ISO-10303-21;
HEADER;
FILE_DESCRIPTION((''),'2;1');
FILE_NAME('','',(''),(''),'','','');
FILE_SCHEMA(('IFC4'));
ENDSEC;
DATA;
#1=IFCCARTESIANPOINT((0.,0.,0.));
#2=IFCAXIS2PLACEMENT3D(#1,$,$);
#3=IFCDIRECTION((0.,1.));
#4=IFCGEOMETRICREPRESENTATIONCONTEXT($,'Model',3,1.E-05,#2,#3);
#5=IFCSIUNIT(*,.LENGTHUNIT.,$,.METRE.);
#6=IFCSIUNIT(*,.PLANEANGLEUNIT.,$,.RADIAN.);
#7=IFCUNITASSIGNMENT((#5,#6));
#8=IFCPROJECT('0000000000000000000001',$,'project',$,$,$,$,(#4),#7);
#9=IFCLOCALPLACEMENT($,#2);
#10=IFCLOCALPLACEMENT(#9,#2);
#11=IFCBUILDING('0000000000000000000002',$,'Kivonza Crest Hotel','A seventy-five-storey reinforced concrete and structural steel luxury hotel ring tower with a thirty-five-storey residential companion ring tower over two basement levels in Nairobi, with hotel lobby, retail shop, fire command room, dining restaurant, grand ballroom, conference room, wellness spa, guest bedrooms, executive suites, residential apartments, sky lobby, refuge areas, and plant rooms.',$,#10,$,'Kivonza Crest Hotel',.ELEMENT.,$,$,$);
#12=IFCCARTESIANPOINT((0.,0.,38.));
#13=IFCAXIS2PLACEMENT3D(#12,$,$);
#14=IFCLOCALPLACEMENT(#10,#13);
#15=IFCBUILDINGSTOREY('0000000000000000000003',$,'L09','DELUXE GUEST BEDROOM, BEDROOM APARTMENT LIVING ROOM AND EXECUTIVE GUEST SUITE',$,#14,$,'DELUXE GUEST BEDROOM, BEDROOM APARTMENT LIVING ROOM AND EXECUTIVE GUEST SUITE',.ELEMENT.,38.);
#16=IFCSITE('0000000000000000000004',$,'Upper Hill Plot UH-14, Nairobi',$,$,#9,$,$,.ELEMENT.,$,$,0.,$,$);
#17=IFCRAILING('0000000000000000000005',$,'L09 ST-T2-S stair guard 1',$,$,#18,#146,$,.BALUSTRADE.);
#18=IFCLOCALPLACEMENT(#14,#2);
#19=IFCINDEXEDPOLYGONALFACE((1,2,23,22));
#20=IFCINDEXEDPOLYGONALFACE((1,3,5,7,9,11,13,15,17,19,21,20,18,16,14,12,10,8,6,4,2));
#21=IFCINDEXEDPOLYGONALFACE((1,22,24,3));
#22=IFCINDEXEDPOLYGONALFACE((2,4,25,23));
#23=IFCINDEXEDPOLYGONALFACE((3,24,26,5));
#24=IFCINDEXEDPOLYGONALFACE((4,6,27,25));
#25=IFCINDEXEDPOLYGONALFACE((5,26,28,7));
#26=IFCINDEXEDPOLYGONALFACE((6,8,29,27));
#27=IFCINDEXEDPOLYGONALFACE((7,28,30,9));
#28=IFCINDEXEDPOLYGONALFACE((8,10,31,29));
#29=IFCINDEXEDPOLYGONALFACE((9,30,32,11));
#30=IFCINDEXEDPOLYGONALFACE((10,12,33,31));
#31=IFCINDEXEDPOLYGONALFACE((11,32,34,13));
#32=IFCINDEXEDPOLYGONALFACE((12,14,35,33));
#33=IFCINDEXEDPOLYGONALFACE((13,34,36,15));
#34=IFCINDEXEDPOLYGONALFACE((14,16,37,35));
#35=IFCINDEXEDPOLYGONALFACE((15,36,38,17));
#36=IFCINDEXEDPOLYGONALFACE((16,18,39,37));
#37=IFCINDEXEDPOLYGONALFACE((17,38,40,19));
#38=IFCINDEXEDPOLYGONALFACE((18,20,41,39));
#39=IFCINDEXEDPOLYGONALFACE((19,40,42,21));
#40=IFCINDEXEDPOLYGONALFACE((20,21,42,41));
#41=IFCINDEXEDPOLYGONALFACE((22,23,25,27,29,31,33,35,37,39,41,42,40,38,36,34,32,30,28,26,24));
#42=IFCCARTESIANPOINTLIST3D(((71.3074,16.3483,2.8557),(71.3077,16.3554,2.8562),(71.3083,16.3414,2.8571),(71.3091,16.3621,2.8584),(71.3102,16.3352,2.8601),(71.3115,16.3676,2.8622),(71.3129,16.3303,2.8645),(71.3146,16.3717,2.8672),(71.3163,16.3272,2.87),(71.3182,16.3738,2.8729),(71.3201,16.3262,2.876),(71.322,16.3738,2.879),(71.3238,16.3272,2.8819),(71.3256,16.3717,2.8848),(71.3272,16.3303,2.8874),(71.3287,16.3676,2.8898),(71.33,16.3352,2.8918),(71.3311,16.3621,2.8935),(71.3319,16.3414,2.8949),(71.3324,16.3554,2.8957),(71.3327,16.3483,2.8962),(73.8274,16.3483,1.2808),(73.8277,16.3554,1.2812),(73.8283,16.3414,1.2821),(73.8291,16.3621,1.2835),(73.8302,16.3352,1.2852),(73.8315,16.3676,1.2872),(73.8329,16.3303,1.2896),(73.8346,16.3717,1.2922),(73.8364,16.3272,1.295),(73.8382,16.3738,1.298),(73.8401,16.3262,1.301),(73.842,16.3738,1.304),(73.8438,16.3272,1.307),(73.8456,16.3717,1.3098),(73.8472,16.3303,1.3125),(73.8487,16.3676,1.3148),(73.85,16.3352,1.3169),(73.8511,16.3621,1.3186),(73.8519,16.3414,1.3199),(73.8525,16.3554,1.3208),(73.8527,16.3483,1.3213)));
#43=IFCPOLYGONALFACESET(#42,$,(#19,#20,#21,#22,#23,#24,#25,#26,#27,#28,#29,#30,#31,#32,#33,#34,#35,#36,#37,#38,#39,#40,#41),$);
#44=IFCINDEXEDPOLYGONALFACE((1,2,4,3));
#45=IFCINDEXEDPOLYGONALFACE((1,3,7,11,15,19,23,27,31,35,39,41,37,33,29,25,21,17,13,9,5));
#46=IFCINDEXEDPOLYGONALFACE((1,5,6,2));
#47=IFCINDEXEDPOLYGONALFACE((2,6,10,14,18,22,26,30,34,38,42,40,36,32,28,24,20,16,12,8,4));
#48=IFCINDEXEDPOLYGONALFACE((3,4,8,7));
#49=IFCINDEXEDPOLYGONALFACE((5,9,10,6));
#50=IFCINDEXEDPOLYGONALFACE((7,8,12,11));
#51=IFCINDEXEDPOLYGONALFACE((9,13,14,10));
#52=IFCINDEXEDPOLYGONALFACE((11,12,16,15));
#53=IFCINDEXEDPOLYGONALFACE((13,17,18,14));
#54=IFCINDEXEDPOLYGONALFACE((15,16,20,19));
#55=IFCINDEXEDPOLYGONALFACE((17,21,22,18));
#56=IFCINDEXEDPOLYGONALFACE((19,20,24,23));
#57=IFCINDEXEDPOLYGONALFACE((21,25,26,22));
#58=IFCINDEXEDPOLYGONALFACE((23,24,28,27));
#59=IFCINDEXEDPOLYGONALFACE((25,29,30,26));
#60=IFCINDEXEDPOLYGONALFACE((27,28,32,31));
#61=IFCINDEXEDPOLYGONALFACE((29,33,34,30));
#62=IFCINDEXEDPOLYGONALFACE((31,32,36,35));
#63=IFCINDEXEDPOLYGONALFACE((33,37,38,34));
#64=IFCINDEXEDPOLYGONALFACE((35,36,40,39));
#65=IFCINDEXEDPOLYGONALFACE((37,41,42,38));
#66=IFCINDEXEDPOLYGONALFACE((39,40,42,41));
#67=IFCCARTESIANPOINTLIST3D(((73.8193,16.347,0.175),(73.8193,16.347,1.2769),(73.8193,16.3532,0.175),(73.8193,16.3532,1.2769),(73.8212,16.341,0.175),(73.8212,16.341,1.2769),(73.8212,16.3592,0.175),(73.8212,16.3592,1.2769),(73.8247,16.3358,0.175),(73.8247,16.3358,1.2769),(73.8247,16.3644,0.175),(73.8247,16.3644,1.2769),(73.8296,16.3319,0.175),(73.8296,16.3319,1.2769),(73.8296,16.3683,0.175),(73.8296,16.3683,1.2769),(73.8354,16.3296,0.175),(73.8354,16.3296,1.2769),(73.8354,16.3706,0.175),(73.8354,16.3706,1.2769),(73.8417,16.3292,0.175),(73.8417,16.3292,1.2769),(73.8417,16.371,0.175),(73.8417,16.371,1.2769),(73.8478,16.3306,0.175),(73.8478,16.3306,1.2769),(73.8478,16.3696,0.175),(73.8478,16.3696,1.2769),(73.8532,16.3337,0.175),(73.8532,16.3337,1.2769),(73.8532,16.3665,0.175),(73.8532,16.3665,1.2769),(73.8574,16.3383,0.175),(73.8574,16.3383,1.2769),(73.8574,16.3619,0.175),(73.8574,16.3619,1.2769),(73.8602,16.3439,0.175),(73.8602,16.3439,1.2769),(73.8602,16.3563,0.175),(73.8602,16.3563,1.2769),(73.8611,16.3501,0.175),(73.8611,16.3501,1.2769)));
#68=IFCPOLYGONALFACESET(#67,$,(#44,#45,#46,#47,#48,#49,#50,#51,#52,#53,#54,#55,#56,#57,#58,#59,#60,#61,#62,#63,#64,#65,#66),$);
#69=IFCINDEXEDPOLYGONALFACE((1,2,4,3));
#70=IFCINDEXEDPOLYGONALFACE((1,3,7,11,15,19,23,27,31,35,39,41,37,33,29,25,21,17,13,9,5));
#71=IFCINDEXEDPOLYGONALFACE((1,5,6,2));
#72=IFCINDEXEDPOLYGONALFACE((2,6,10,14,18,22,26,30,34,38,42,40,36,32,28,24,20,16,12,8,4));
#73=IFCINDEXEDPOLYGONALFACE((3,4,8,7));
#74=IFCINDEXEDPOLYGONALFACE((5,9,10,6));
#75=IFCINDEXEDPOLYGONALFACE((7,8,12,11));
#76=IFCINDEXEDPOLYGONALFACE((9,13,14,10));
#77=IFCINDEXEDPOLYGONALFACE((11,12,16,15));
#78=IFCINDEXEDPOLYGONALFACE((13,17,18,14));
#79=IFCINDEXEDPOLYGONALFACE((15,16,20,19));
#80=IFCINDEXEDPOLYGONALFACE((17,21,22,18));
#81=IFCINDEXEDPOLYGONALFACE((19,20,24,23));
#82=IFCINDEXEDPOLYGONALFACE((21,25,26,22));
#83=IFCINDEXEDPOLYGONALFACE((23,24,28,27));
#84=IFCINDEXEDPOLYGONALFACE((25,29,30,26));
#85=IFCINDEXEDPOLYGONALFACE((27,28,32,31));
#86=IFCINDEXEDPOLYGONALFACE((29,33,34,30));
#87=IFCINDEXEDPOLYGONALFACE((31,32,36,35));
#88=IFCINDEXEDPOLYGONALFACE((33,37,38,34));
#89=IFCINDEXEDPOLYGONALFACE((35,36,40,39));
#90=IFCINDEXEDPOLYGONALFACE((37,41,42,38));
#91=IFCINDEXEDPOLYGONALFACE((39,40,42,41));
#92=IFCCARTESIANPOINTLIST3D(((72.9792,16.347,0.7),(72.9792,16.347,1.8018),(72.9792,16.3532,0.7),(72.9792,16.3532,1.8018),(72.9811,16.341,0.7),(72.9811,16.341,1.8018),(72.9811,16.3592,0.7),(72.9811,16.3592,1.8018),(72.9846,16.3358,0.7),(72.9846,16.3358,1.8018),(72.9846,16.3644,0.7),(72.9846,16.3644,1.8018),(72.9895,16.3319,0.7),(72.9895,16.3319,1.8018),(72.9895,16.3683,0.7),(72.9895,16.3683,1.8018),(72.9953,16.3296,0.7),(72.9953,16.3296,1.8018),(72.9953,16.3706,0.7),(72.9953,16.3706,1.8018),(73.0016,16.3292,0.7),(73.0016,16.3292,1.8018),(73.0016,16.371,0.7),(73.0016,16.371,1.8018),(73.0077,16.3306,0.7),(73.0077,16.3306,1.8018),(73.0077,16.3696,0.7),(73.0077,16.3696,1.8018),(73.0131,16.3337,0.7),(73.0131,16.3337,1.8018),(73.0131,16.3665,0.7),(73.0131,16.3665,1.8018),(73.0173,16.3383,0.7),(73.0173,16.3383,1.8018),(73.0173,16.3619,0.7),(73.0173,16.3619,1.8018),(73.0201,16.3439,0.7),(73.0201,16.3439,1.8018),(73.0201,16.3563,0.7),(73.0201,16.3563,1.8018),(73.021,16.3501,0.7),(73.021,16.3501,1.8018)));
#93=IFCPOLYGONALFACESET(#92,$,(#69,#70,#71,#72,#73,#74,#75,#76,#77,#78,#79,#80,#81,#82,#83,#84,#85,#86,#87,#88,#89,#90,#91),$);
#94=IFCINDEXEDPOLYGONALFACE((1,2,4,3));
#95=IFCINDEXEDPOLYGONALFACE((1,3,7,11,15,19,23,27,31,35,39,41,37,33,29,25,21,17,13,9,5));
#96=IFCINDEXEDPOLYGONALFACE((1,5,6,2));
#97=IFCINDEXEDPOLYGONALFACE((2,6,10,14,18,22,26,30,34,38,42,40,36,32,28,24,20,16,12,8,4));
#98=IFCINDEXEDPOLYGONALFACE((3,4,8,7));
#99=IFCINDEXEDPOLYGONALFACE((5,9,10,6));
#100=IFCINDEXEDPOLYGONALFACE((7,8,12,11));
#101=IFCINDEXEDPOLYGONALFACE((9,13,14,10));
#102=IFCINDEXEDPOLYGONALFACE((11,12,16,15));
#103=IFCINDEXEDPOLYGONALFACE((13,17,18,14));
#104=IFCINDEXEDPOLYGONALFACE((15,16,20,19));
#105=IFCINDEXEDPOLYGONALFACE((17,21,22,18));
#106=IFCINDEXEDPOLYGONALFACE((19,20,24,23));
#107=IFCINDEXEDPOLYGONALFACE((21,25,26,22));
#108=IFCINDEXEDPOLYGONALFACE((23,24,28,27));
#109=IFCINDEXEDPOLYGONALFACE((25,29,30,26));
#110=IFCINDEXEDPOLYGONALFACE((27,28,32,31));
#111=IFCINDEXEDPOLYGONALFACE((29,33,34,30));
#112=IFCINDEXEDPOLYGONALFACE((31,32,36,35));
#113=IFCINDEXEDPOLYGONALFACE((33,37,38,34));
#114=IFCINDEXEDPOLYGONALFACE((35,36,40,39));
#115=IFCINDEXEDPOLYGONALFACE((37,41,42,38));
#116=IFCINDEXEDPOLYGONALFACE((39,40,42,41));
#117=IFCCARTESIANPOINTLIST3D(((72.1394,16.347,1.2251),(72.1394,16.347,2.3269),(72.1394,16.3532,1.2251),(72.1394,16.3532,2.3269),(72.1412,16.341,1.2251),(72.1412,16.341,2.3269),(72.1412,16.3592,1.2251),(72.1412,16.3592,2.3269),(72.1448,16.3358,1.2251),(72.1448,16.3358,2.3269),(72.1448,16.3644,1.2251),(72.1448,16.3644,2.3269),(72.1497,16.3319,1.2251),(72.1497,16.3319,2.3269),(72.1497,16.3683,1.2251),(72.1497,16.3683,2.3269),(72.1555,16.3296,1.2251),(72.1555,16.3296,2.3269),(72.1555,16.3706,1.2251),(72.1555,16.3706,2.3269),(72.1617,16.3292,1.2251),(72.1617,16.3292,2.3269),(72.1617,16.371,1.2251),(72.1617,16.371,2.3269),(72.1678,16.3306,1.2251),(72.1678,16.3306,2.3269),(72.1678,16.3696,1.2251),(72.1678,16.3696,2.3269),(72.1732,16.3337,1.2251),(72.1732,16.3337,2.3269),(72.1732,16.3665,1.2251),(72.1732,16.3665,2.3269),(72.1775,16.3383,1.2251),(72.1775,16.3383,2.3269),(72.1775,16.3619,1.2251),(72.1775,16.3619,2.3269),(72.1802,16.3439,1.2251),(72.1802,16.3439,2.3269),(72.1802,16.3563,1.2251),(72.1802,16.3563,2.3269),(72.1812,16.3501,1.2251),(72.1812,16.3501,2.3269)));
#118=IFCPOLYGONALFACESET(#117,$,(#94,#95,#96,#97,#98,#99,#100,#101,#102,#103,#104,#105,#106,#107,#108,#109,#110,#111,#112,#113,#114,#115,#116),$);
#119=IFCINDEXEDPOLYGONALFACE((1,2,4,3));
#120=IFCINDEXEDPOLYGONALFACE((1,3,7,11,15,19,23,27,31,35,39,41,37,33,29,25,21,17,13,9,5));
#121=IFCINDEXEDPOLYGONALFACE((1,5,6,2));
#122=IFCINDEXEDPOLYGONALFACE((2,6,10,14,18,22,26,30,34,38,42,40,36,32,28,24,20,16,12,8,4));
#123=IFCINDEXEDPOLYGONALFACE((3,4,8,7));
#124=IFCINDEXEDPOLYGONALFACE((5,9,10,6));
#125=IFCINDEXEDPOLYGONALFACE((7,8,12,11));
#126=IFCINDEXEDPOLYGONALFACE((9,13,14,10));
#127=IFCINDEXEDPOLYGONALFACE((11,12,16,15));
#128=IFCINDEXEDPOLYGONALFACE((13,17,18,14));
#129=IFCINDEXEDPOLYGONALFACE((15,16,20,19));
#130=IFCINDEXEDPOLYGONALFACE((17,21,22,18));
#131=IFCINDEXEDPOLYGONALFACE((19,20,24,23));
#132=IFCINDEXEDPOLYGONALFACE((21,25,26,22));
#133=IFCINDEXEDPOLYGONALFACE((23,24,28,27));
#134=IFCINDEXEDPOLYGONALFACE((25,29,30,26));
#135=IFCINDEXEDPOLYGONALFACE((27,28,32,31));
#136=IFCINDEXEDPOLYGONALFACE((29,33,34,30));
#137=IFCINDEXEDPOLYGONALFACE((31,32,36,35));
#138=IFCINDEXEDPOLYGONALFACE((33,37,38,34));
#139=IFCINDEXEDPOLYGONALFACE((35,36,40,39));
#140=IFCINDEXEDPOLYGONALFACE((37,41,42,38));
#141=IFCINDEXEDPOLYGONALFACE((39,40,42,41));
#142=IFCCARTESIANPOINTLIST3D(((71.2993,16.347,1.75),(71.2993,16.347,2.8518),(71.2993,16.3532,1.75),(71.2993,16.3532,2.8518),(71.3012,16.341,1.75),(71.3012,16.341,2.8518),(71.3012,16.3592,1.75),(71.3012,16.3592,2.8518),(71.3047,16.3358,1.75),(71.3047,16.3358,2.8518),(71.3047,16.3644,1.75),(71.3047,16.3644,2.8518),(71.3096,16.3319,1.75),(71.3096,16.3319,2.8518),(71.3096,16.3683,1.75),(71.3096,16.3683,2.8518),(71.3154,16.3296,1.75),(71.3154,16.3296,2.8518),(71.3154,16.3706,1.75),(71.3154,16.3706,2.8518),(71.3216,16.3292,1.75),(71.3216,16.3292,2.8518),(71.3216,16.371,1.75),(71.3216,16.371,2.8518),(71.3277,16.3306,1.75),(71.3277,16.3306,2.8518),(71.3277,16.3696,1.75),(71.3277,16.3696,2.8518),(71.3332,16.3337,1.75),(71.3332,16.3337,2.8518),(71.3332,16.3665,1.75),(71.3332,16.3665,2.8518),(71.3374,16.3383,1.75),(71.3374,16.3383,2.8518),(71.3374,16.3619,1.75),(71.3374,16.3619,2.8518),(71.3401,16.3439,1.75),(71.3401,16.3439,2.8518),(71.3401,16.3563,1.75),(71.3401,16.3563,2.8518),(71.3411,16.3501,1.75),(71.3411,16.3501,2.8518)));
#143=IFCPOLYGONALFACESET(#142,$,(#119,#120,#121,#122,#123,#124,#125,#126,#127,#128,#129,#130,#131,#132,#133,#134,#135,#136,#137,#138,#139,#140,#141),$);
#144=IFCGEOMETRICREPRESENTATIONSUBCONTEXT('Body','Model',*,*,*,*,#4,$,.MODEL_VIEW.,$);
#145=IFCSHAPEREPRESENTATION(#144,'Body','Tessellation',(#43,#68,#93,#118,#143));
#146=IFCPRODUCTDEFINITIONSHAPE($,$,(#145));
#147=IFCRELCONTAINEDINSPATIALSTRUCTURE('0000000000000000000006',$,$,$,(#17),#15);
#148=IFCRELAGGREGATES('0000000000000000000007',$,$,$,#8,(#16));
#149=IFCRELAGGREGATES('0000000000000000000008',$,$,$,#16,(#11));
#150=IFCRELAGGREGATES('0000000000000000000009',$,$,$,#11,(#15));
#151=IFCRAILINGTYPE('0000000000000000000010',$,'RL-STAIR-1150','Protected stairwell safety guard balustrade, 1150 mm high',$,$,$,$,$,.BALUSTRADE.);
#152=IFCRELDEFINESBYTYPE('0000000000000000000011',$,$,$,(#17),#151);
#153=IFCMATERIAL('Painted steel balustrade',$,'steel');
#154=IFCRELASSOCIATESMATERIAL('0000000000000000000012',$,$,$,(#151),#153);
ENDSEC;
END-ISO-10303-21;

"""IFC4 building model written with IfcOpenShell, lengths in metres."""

from ifc_helpers import new_model, si_unit, direction, frame, origin, origin_2d, place, context, subcontext, project, spatial, circle, extrude, material, type_object, element, save


model = new_model("IFC4")

# Units and contexts
model_context = context("Model", 3, precision=1e-05, world=origin(), true_north=direction((0.0, 1.0)))
body_context = subcontext(model_context, "Body", "Model", "MODEL_VIEW")
ifc_project = project(units=[si_unit("LENGTHUNIT", "METRE"), si_unit("PLANEANGLEUNIT", "RADIAN")], contexts=[model_context])

# Site, building, storey
site_placement = place(None, origin())
site = spatial("IfcSite", under=ifc_project, at=site_placement, Name="Upper Hill Plot UH-14, Nairobi", CompositionType="ELEMENT", RefElevation=0.0)
building_placement = place(site_placement, origin())
building = spatial("IfcBuilding", under=site, at=building_placement, Name="Kivonza Crest Hotel", Description="A seventy-five-storey reinforced concrete and structural steel luxury hotel ring tower with a thirty-five-storey residential companion ring tower over two basement levels in Nairobi, with hotel lobby, retail shop, fire command room, dining restaurant, grand ballroom, conference room, wellness spa, guest bedrooms, executive suites, residential apartments, sky lobby, refuge areas, and plant rooms.", LongName="Kivonza Crest Hotel", CompositionType="ELEMENT")
storey_placement = place(building_placement, frame((0.0, 0.0, 38.0)))
storey = spatial("IfcBuildingStorey", under=building, at=storey_placement, Name="L09", Description="DELUXE GUEST BEDROOM, BEDROOM APARTMENT LIVING ROOM AND EXECUTIVE GUEST SUITE", LongName="DELUXE GUEST BEDROOM, BEDROOM APARTMENT LIVING ROOM AND EXECUTIVE GUEST SUITE", CompositionType="ELEMENT", Elevation=38.0)

# Railing
ifc_material_1 = material(Name="Painted steel balustrade", Category="steel")
railing_type_1 = type_object("IfcRailingType", Name="RL-STAIR-1150", Description="Protected stairwell safety guard balustrade, 1150 mm high", PredefinedType="BALUSTRADE", material=ifc_material_1)
railing_1_placement = place(storey_placement, frame((73.8401, 16.3501, 0.175)))
element("IfcRailing", 1, at=railing_1_placement, inside=storey, type_object=railing_type_1, Name="L09 ST-T2-S stair guard 1", PredefinedType="BALUSTRADE", context=body_context, shape_type="SweptSolid", body=[
    extrude(circle(Radius=0.0239, at=origin_2d()), frame((0.0, 0.0, 1.126), z_axis=(-0.848008, 0.0, 0.529984), x_axis=(0.0, -1.0, 0.0)), (0.0, 0.0, 1.0), 2.9717),
    extrude(circle(Radius=0.021, at=origin_2d()), origin(), (0.0, 0.0, 1.0), 1.1018),
    extrude(circle(Radius=0.021, at=origin_2d()), frame((-0.8401, 0.0, 0.5249)), (0.0, 0.0, 1.0), 1.1018),
    extrude(circle(Radius=0.021, at=origin_2d()), frame((-1.6799, 0.0, 1.05)), (0.0, 0.0, 1.0), 1.1018),
    extrude(circle(Radius=0.021, at=origin_2d()), frame((-2.52, 0.0, 1.575)), (0.0, 0.0, 1.0), 1.1018),
])

save(model, "model.ifc")
